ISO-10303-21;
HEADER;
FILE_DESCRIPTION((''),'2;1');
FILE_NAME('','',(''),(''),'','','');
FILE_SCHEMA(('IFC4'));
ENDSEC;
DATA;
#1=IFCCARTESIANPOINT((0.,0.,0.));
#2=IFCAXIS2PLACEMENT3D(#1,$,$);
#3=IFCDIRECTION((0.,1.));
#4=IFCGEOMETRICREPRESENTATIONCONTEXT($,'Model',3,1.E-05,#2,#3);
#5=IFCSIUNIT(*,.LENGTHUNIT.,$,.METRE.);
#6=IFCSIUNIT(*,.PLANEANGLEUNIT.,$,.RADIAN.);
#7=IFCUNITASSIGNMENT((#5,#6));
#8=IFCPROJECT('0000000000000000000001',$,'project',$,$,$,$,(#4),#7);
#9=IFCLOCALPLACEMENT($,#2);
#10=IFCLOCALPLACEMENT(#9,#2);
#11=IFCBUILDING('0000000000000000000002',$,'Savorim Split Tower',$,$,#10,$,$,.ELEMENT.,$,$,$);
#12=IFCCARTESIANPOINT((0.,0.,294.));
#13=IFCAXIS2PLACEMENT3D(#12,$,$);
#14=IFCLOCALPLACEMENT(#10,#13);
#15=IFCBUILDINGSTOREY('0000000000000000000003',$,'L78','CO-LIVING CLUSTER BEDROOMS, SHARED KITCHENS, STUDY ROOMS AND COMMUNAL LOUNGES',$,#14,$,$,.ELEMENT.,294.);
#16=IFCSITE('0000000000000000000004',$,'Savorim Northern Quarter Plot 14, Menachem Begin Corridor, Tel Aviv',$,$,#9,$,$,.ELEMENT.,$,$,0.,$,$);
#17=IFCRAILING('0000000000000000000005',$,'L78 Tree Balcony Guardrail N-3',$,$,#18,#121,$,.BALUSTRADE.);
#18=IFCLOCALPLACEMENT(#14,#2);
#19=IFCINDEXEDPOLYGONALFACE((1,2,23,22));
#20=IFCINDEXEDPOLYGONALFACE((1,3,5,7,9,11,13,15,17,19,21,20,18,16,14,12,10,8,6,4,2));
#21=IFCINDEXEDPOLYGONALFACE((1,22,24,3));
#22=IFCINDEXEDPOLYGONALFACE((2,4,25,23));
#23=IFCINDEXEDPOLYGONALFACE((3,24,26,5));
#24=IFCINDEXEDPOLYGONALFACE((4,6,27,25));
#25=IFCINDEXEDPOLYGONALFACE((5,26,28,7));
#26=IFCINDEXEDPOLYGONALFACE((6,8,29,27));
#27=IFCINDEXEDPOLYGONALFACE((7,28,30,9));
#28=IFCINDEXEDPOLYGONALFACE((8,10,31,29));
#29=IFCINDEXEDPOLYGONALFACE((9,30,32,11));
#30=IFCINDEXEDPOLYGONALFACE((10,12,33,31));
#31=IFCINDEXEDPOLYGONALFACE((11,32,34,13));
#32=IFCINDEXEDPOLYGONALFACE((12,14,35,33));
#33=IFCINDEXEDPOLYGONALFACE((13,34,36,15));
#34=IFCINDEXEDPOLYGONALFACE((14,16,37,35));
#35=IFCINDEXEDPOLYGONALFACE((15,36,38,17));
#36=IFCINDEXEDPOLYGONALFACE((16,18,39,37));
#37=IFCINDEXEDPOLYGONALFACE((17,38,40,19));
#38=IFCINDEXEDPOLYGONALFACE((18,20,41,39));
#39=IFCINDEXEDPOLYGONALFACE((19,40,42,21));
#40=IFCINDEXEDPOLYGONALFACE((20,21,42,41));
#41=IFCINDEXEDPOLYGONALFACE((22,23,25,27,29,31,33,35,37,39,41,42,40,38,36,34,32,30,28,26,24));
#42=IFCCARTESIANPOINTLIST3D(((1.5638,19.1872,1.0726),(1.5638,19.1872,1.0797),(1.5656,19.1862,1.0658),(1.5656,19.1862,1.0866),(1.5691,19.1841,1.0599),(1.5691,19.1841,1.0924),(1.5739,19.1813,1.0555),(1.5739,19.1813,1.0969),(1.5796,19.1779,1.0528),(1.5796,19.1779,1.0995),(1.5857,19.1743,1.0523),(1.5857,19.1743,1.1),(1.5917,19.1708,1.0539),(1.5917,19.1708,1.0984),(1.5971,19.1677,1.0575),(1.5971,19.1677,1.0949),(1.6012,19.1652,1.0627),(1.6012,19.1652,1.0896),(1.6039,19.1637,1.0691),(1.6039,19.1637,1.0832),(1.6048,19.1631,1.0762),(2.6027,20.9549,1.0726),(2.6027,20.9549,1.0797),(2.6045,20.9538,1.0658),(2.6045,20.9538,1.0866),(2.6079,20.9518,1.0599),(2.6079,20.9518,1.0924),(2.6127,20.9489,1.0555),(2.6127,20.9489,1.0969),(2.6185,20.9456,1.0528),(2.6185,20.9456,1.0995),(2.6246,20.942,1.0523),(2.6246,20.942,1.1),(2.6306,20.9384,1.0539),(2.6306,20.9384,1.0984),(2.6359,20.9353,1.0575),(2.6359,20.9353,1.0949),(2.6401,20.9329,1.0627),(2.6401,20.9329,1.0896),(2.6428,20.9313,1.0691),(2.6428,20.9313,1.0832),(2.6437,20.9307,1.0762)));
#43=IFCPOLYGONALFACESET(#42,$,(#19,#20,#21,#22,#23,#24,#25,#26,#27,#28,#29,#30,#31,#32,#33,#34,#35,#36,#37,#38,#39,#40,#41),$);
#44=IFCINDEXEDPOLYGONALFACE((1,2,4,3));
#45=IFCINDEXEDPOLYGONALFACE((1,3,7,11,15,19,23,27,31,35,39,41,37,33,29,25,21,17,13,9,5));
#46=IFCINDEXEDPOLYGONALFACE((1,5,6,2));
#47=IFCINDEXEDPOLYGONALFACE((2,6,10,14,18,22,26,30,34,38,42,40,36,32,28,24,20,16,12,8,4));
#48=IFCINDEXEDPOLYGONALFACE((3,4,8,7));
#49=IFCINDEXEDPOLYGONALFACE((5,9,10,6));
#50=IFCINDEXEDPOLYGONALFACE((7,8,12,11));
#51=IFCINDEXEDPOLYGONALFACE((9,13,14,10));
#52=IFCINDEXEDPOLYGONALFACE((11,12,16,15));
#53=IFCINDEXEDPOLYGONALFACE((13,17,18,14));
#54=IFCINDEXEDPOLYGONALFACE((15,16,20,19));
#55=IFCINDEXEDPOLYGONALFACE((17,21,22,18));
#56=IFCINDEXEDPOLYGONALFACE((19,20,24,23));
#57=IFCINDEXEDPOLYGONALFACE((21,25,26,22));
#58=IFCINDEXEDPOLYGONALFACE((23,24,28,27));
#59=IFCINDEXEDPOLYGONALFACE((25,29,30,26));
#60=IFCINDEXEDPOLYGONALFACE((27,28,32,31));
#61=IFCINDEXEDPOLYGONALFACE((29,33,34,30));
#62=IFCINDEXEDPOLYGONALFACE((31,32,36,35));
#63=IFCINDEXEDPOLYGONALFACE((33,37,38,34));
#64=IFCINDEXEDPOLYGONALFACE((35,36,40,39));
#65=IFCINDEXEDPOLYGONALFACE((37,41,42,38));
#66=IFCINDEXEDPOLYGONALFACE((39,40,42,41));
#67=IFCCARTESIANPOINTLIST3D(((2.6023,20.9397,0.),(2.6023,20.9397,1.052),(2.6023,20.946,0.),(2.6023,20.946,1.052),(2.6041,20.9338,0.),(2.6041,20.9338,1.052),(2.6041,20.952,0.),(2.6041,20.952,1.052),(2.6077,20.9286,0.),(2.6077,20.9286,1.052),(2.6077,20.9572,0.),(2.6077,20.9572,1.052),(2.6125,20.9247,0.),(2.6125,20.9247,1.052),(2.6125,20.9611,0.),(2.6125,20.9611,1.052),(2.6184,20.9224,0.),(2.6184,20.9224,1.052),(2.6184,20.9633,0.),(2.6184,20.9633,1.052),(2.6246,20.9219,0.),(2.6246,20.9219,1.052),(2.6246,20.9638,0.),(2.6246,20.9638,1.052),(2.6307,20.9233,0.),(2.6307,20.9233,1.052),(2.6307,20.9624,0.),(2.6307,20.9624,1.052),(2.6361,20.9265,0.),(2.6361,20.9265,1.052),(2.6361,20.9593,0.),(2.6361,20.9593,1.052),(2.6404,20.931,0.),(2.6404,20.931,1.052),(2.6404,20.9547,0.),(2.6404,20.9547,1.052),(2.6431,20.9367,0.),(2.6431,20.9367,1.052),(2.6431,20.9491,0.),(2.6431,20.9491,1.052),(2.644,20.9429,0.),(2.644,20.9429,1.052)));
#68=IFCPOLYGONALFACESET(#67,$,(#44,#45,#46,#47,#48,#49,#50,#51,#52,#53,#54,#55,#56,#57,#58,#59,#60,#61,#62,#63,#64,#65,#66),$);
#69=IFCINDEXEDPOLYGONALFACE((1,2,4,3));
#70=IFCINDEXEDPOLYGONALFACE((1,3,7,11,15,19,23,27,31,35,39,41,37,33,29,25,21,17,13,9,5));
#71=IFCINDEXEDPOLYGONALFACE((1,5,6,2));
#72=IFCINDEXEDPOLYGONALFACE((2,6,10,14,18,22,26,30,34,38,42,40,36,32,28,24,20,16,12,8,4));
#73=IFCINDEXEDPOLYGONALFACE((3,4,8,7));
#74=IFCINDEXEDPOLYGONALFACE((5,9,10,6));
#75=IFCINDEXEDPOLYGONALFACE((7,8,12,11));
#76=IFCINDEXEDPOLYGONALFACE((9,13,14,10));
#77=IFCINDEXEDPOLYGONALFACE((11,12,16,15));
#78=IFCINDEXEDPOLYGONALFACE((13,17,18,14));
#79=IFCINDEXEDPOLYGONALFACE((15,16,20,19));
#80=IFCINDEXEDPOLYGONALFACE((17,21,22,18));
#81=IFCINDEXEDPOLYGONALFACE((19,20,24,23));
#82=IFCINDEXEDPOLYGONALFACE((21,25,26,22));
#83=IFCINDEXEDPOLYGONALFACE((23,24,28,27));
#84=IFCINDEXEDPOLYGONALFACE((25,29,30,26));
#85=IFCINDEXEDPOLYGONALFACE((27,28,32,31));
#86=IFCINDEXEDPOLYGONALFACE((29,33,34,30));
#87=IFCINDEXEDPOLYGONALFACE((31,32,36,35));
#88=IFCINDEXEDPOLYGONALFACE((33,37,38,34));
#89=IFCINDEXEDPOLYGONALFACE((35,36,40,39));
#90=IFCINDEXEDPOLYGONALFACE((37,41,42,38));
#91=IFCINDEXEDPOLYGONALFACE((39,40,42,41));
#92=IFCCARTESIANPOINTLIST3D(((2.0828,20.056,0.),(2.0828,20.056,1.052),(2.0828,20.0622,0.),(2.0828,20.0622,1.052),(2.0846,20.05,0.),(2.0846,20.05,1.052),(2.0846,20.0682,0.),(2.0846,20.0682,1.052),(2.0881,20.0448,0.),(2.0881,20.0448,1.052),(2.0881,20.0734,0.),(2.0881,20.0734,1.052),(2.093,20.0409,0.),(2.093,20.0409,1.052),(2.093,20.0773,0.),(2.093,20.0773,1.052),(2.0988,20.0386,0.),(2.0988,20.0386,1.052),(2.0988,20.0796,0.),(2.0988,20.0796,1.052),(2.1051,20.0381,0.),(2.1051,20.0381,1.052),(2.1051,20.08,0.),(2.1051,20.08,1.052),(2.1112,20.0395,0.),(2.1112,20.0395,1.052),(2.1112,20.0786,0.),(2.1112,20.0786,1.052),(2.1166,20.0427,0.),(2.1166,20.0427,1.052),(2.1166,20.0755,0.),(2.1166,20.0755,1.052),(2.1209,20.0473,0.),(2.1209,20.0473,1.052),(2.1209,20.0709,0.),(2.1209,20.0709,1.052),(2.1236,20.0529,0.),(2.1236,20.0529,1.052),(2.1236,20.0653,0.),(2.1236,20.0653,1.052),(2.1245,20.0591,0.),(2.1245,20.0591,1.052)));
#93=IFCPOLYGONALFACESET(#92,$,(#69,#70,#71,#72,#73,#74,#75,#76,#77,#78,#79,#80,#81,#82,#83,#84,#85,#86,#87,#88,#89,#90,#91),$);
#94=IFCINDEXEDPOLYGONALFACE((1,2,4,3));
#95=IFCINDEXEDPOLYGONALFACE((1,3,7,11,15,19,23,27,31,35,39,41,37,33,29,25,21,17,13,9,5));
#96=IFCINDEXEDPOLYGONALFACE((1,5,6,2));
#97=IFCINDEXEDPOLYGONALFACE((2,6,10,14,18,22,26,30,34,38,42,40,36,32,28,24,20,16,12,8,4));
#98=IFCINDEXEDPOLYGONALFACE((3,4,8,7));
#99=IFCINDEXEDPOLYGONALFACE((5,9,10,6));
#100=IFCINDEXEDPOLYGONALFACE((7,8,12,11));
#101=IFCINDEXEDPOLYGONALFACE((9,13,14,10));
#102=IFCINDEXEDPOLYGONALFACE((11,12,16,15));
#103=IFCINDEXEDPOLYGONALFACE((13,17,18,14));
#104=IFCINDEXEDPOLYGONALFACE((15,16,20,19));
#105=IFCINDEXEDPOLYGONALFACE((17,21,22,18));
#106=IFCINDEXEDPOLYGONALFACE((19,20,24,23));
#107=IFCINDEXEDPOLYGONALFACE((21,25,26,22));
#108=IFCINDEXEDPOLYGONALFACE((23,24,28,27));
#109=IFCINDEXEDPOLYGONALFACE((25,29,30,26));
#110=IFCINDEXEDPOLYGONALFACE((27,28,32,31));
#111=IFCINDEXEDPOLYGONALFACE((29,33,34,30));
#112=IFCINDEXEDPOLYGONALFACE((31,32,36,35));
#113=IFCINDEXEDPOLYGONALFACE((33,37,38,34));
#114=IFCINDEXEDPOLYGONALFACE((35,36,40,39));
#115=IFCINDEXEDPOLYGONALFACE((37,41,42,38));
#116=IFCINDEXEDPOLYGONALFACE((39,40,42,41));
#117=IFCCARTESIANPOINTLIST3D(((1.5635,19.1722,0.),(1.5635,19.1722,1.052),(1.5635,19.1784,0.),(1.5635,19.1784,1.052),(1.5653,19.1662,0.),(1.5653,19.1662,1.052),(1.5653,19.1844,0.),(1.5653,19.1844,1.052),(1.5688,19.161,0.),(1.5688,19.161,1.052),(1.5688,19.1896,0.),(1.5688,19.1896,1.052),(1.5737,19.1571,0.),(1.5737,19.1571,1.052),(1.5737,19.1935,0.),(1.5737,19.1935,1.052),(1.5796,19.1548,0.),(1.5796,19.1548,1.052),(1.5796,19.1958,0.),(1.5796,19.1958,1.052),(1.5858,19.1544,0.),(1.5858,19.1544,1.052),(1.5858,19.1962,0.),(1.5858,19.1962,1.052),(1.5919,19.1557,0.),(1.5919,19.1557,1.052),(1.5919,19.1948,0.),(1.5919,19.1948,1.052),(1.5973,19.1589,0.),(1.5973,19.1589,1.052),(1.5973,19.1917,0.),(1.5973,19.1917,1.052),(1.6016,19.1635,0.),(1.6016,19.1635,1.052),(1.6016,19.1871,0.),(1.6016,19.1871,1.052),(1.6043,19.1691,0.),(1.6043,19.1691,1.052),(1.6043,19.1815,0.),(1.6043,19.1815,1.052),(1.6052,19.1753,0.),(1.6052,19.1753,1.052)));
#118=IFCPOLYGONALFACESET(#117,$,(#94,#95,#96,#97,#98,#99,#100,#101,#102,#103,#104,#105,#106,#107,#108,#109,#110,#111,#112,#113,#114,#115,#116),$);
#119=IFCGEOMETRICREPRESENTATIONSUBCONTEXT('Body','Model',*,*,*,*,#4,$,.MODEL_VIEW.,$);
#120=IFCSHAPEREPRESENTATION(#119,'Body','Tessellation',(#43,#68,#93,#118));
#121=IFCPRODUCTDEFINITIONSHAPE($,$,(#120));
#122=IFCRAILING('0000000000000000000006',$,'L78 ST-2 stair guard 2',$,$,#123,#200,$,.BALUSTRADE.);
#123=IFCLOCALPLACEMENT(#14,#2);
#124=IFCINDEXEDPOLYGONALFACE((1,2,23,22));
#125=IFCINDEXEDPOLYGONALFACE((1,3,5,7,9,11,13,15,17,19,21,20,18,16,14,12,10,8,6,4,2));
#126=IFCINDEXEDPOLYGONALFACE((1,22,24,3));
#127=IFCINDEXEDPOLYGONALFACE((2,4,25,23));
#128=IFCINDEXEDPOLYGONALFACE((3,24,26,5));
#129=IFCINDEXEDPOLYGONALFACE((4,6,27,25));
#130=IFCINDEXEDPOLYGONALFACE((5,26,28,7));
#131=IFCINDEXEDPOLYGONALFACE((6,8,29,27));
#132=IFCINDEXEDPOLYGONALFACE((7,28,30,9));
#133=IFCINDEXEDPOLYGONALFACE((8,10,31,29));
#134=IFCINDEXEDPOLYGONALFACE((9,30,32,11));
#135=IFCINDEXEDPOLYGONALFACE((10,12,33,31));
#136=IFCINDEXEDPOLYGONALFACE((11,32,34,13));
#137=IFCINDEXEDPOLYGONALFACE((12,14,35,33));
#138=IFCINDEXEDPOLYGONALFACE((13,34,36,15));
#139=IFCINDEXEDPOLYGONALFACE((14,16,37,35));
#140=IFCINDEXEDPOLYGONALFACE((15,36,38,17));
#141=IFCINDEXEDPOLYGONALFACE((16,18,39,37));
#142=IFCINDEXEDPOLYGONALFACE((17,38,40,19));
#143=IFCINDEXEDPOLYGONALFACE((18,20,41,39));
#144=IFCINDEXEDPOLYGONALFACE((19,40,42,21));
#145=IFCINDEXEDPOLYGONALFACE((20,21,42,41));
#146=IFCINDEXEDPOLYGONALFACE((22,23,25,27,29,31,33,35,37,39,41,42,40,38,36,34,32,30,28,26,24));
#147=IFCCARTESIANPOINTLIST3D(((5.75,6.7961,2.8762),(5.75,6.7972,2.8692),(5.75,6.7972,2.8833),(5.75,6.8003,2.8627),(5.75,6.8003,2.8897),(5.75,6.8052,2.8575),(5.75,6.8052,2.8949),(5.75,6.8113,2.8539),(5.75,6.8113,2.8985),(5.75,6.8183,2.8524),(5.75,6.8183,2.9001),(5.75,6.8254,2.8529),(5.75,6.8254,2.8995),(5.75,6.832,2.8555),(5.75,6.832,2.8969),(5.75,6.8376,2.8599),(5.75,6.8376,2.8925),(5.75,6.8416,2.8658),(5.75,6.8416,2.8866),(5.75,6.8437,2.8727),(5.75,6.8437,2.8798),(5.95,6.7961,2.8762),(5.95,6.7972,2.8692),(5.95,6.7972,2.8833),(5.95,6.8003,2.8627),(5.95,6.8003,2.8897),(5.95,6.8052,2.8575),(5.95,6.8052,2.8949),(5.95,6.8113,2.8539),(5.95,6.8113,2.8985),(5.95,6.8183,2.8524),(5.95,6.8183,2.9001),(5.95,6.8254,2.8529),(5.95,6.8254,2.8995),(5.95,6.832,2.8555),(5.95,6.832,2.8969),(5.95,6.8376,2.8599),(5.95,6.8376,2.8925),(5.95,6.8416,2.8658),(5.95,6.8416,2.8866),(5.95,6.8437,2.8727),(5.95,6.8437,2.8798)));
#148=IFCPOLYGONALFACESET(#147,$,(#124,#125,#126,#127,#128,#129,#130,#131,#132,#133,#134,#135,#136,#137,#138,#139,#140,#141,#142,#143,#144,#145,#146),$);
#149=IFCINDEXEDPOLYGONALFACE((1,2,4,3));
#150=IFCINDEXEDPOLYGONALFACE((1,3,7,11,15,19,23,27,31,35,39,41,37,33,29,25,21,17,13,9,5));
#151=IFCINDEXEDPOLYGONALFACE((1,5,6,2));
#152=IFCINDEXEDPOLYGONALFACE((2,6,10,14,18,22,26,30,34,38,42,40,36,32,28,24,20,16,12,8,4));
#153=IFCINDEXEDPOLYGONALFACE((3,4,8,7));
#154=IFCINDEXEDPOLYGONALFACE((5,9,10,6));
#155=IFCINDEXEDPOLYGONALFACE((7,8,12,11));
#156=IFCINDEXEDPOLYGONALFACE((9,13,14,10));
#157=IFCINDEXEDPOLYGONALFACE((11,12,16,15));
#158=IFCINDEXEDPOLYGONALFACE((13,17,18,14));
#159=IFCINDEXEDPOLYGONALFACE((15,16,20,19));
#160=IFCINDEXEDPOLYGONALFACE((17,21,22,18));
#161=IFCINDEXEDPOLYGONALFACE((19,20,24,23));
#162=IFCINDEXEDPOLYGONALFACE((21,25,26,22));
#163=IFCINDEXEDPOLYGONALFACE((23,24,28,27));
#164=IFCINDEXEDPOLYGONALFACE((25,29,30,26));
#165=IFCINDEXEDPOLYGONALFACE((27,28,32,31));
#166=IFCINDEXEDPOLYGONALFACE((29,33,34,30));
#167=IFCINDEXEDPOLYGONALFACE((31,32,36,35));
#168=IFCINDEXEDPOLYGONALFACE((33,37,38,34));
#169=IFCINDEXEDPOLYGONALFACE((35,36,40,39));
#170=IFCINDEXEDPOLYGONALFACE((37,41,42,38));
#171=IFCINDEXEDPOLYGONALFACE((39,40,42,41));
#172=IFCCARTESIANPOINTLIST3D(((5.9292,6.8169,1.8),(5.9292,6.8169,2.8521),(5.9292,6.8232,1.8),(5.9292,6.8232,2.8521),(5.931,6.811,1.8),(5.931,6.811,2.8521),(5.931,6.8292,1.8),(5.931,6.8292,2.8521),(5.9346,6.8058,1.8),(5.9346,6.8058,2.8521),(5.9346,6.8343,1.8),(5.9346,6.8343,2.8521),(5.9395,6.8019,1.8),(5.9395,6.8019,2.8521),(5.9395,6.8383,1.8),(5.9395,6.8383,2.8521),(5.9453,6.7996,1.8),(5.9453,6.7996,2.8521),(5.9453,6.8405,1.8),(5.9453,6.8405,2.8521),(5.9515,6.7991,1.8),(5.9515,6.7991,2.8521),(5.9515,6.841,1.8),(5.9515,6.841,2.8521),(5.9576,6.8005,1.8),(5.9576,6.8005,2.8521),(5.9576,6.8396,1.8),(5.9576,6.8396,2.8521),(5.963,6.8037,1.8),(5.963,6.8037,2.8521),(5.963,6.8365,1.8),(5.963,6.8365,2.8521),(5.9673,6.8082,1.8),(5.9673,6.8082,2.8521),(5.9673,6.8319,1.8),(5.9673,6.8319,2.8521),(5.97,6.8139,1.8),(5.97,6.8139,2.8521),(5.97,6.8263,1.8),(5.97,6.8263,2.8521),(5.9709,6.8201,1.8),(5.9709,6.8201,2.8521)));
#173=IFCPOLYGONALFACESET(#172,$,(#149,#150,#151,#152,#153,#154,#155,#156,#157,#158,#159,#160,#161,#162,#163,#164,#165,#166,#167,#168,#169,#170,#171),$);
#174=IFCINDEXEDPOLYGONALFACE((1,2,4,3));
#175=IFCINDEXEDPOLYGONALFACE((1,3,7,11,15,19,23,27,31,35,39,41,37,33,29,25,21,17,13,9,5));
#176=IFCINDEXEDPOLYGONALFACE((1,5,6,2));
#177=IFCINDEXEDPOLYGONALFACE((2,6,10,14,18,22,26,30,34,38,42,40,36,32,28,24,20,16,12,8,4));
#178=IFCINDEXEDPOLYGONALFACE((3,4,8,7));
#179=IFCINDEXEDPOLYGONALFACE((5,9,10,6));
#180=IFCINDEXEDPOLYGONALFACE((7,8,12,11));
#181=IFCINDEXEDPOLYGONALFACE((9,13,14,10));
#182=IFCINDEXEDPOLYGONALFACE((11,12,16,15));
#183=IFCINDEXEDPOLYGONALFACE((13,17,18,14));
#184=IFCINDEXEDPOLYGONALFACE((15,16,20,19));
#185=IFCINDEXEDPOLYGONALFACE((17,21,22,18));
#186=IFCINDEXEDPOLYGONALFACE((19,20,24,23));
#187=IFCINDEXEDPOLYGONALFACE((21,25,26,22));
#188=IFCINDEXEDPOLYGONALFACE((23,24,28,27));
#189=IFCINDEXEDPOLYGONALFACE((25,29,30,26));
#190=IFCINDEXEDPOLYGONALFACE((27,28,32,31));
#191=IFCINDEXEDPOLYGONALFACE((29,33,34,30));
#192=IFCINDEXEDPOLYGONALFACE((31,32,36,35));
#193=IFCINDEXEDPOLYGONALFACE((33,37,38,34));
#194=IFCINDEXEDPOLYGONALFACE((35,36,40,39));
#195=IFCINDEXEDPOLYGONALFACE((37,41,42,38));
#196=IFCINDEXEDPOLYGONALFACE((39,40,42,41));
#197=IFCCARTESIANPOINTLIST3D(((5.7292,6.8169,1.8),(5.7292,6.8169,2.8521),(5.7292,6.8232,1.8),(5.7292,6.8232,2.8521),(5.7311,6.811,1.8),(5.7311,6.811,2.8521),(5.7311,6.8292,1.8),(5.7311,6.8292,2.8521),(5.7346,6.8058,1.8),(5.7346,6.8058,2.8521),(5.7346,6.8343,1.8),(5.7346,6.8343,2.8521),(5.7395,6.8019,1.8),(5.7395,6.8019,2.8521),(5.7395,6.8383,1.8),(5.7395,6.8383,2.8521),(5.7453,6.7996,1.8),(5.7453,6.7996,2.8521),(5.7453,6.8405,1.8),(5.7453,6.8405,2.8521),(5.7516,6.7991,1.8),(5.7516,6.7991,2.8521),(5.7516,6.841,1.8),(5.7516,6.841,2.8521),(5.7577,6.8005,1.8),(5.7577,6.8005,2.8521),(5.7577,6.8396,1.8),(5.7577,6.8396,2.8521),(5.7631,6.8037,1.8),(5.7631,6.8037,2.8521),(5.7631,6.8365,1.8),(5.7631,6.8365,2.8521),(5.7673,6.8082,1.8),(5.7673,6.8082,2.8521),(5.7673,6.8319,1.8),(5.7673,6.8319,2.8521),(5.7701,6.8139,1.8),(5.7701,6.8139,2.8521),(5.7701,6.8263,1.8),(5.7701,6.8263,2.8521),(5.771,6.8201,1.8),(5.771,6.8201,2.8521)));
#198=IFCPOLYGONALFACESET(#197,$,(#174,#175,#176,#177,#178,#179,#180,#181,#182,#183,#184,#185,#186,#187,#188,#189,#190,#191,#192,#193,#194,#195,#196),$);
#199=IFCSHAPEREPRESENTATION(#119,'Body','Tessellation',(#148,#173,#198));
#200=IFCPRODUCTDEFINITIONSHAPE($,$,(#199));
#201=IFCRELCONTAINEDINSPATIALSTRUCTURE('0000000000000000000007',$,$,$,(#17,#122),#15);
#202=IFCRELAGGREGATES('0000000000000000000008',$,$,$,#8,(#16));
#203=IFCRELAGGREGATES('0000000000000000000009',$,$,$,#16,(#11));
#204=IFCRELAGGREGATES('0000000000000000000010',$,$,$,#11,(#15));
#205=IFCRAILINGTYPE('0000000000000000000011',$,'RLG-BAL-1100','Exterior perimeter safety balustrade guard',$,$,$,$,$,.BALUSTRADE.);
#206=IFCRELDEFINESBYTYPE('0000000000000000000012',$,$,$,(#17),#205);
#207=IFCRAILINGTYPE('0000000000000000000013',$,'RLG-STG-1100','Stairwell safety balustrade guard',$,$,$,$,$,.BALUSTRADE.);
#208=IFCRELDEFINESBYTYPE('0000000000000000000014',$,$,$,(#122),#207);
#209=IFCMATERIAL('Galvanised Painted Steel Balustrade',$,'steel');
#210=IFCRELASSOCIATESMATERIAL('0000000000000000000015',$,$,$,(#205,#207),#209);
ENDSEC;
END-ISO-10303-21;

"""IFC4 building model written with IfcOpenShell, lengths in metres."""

from ifc_helpers import new_model, si_unit, direction, frame, origin, origin_2d, place, context, subcontext, project, spatial, circle, extrude, material, type_object, element, save


model = new_model("IFC4")

# Units and contexts
model_context = context("Model", 3, precision=1e-05, world=origin(), true_north=direction((0.0, 1.0)))
body_context = subcontext(model_context, "Body", "Model", "MODEL_VIEW")
ifc_project = project(units=[si_unit("LENGTHUNIT", "METRE"), si_unit("PLANEANGLEUNIT", "RADIAN")], contexts=[model_context])

# Site, building, storey
site_placement = place(None, origin())
site = spatial("IfcSite", under=ifc_project, at=site_placement, Name="Savorim Northern Quarter Plot 14, Menachem Begin Corridor, Tel Aviv", CompositionType="ELEMENT", RefElevation=0.0)
building_placement = place(site_placement, origin())
building = spatial("IfcBuilding", under=site, at=building_placement, Name="Savorim Split Tower", CompositionType="ELEMENT")
storey_placement = place(building_placement, frame((0.0, 0.0, 294.0)))
storey = spatial("IfcBuildingStorey", under=building, at=storey_placement, Name="L78", Description="CO-LIVING CLUSTER BEDROOMS, SHARED KITCHENS, STUDY ROOMS AND COMMUNAL LOUNGES", CompositionType="ELEMENT", Elevation=294.0)

# Railings
ifc_material_1 = material(Name="Galvanised Painted Steel Balustrade", Category="steel")
railing_type_1 = type_object("IfcRailingType", Name="RLG-BAL-1100", Description="Exterior perimeter safety balustrade guard", PredefinedType="BALUSTRADE", material=ifc_material_1)
railing_1_placement = place(storey_placement, frame((2.623, 20.9429, 0.0)))
element("IfcRailing", 1, at=railing_1_placement, inside=storey, type_object=railing_type_1, Name="L78 Tree Balcony Guardrail N-3", PredefinedType="BALUSTRADE", context=body_context, shape_type="SweptSolid", body=[
    extrude(circle(Radius=0.0239, at=origin_2d()), frame((0.0, 0.0, 1.0762), z_axis=(-0.506682, -0.862133, 0.0), x_axis=(0.862133, -0.506682, 0.0)), (0.0, 0.0, 1.0), 2.0503),
    extrude(circle(Radius=0.021, at=origin_2d()), origin(), (0.0, 0.0, 1.0), 1.052),
    extrude(circle(Radius=0.021, at=origin_2d()), frame((-0.5195, -0.8838, 0.0)), (0.0, 0.0, 1.0), 1.052),
    extrude(circle(Radius=0.021, at=origin_2d()), frame((-1.0388, -1.7676, 0.0)), (0.0, 0.0, 1.0), 1.052),
])
railing_type_2 = type_object("IfcRailingType", Name="RLG-STG-1100", Description="Stairwell safety balustrade guard", PredefinedType="BALUSTRADE", material=ifc_material_1)
railing_2_placement = place(storey_placement, frame((5.95, 6.8201, 1.8)))
element("IfcRailing", 2, at=railing_2_placement, inside=storey, type_object=railing_type_2, Name="L78 ST-2 stair guard 2", PredefinedType="BALUSTRADE", context=body_context, shape_type="SweptSolid", body=[
    extrude(circle(Radius=0.0239, at=origin_2d()), frame((0.0, 0.0, 1.0762), z_axis=(-1.0, 0.0, 0.0), x_axis=(0.0, -1.0, 0.0)), (0.0, 0.0, 1.0), 0.2),
    extrude(circle(Radius=0.021, at=origin_2d()), origin(), (0.0, 0.0, 1.0), 1.052),
    extrude(circle(Radius=0.021, at=origin_2d()), frame((-0.2, 0.0, 0.0)), (0.0, 0.0, 1.0), 1.052),
])

save(model, "model.ifc")
